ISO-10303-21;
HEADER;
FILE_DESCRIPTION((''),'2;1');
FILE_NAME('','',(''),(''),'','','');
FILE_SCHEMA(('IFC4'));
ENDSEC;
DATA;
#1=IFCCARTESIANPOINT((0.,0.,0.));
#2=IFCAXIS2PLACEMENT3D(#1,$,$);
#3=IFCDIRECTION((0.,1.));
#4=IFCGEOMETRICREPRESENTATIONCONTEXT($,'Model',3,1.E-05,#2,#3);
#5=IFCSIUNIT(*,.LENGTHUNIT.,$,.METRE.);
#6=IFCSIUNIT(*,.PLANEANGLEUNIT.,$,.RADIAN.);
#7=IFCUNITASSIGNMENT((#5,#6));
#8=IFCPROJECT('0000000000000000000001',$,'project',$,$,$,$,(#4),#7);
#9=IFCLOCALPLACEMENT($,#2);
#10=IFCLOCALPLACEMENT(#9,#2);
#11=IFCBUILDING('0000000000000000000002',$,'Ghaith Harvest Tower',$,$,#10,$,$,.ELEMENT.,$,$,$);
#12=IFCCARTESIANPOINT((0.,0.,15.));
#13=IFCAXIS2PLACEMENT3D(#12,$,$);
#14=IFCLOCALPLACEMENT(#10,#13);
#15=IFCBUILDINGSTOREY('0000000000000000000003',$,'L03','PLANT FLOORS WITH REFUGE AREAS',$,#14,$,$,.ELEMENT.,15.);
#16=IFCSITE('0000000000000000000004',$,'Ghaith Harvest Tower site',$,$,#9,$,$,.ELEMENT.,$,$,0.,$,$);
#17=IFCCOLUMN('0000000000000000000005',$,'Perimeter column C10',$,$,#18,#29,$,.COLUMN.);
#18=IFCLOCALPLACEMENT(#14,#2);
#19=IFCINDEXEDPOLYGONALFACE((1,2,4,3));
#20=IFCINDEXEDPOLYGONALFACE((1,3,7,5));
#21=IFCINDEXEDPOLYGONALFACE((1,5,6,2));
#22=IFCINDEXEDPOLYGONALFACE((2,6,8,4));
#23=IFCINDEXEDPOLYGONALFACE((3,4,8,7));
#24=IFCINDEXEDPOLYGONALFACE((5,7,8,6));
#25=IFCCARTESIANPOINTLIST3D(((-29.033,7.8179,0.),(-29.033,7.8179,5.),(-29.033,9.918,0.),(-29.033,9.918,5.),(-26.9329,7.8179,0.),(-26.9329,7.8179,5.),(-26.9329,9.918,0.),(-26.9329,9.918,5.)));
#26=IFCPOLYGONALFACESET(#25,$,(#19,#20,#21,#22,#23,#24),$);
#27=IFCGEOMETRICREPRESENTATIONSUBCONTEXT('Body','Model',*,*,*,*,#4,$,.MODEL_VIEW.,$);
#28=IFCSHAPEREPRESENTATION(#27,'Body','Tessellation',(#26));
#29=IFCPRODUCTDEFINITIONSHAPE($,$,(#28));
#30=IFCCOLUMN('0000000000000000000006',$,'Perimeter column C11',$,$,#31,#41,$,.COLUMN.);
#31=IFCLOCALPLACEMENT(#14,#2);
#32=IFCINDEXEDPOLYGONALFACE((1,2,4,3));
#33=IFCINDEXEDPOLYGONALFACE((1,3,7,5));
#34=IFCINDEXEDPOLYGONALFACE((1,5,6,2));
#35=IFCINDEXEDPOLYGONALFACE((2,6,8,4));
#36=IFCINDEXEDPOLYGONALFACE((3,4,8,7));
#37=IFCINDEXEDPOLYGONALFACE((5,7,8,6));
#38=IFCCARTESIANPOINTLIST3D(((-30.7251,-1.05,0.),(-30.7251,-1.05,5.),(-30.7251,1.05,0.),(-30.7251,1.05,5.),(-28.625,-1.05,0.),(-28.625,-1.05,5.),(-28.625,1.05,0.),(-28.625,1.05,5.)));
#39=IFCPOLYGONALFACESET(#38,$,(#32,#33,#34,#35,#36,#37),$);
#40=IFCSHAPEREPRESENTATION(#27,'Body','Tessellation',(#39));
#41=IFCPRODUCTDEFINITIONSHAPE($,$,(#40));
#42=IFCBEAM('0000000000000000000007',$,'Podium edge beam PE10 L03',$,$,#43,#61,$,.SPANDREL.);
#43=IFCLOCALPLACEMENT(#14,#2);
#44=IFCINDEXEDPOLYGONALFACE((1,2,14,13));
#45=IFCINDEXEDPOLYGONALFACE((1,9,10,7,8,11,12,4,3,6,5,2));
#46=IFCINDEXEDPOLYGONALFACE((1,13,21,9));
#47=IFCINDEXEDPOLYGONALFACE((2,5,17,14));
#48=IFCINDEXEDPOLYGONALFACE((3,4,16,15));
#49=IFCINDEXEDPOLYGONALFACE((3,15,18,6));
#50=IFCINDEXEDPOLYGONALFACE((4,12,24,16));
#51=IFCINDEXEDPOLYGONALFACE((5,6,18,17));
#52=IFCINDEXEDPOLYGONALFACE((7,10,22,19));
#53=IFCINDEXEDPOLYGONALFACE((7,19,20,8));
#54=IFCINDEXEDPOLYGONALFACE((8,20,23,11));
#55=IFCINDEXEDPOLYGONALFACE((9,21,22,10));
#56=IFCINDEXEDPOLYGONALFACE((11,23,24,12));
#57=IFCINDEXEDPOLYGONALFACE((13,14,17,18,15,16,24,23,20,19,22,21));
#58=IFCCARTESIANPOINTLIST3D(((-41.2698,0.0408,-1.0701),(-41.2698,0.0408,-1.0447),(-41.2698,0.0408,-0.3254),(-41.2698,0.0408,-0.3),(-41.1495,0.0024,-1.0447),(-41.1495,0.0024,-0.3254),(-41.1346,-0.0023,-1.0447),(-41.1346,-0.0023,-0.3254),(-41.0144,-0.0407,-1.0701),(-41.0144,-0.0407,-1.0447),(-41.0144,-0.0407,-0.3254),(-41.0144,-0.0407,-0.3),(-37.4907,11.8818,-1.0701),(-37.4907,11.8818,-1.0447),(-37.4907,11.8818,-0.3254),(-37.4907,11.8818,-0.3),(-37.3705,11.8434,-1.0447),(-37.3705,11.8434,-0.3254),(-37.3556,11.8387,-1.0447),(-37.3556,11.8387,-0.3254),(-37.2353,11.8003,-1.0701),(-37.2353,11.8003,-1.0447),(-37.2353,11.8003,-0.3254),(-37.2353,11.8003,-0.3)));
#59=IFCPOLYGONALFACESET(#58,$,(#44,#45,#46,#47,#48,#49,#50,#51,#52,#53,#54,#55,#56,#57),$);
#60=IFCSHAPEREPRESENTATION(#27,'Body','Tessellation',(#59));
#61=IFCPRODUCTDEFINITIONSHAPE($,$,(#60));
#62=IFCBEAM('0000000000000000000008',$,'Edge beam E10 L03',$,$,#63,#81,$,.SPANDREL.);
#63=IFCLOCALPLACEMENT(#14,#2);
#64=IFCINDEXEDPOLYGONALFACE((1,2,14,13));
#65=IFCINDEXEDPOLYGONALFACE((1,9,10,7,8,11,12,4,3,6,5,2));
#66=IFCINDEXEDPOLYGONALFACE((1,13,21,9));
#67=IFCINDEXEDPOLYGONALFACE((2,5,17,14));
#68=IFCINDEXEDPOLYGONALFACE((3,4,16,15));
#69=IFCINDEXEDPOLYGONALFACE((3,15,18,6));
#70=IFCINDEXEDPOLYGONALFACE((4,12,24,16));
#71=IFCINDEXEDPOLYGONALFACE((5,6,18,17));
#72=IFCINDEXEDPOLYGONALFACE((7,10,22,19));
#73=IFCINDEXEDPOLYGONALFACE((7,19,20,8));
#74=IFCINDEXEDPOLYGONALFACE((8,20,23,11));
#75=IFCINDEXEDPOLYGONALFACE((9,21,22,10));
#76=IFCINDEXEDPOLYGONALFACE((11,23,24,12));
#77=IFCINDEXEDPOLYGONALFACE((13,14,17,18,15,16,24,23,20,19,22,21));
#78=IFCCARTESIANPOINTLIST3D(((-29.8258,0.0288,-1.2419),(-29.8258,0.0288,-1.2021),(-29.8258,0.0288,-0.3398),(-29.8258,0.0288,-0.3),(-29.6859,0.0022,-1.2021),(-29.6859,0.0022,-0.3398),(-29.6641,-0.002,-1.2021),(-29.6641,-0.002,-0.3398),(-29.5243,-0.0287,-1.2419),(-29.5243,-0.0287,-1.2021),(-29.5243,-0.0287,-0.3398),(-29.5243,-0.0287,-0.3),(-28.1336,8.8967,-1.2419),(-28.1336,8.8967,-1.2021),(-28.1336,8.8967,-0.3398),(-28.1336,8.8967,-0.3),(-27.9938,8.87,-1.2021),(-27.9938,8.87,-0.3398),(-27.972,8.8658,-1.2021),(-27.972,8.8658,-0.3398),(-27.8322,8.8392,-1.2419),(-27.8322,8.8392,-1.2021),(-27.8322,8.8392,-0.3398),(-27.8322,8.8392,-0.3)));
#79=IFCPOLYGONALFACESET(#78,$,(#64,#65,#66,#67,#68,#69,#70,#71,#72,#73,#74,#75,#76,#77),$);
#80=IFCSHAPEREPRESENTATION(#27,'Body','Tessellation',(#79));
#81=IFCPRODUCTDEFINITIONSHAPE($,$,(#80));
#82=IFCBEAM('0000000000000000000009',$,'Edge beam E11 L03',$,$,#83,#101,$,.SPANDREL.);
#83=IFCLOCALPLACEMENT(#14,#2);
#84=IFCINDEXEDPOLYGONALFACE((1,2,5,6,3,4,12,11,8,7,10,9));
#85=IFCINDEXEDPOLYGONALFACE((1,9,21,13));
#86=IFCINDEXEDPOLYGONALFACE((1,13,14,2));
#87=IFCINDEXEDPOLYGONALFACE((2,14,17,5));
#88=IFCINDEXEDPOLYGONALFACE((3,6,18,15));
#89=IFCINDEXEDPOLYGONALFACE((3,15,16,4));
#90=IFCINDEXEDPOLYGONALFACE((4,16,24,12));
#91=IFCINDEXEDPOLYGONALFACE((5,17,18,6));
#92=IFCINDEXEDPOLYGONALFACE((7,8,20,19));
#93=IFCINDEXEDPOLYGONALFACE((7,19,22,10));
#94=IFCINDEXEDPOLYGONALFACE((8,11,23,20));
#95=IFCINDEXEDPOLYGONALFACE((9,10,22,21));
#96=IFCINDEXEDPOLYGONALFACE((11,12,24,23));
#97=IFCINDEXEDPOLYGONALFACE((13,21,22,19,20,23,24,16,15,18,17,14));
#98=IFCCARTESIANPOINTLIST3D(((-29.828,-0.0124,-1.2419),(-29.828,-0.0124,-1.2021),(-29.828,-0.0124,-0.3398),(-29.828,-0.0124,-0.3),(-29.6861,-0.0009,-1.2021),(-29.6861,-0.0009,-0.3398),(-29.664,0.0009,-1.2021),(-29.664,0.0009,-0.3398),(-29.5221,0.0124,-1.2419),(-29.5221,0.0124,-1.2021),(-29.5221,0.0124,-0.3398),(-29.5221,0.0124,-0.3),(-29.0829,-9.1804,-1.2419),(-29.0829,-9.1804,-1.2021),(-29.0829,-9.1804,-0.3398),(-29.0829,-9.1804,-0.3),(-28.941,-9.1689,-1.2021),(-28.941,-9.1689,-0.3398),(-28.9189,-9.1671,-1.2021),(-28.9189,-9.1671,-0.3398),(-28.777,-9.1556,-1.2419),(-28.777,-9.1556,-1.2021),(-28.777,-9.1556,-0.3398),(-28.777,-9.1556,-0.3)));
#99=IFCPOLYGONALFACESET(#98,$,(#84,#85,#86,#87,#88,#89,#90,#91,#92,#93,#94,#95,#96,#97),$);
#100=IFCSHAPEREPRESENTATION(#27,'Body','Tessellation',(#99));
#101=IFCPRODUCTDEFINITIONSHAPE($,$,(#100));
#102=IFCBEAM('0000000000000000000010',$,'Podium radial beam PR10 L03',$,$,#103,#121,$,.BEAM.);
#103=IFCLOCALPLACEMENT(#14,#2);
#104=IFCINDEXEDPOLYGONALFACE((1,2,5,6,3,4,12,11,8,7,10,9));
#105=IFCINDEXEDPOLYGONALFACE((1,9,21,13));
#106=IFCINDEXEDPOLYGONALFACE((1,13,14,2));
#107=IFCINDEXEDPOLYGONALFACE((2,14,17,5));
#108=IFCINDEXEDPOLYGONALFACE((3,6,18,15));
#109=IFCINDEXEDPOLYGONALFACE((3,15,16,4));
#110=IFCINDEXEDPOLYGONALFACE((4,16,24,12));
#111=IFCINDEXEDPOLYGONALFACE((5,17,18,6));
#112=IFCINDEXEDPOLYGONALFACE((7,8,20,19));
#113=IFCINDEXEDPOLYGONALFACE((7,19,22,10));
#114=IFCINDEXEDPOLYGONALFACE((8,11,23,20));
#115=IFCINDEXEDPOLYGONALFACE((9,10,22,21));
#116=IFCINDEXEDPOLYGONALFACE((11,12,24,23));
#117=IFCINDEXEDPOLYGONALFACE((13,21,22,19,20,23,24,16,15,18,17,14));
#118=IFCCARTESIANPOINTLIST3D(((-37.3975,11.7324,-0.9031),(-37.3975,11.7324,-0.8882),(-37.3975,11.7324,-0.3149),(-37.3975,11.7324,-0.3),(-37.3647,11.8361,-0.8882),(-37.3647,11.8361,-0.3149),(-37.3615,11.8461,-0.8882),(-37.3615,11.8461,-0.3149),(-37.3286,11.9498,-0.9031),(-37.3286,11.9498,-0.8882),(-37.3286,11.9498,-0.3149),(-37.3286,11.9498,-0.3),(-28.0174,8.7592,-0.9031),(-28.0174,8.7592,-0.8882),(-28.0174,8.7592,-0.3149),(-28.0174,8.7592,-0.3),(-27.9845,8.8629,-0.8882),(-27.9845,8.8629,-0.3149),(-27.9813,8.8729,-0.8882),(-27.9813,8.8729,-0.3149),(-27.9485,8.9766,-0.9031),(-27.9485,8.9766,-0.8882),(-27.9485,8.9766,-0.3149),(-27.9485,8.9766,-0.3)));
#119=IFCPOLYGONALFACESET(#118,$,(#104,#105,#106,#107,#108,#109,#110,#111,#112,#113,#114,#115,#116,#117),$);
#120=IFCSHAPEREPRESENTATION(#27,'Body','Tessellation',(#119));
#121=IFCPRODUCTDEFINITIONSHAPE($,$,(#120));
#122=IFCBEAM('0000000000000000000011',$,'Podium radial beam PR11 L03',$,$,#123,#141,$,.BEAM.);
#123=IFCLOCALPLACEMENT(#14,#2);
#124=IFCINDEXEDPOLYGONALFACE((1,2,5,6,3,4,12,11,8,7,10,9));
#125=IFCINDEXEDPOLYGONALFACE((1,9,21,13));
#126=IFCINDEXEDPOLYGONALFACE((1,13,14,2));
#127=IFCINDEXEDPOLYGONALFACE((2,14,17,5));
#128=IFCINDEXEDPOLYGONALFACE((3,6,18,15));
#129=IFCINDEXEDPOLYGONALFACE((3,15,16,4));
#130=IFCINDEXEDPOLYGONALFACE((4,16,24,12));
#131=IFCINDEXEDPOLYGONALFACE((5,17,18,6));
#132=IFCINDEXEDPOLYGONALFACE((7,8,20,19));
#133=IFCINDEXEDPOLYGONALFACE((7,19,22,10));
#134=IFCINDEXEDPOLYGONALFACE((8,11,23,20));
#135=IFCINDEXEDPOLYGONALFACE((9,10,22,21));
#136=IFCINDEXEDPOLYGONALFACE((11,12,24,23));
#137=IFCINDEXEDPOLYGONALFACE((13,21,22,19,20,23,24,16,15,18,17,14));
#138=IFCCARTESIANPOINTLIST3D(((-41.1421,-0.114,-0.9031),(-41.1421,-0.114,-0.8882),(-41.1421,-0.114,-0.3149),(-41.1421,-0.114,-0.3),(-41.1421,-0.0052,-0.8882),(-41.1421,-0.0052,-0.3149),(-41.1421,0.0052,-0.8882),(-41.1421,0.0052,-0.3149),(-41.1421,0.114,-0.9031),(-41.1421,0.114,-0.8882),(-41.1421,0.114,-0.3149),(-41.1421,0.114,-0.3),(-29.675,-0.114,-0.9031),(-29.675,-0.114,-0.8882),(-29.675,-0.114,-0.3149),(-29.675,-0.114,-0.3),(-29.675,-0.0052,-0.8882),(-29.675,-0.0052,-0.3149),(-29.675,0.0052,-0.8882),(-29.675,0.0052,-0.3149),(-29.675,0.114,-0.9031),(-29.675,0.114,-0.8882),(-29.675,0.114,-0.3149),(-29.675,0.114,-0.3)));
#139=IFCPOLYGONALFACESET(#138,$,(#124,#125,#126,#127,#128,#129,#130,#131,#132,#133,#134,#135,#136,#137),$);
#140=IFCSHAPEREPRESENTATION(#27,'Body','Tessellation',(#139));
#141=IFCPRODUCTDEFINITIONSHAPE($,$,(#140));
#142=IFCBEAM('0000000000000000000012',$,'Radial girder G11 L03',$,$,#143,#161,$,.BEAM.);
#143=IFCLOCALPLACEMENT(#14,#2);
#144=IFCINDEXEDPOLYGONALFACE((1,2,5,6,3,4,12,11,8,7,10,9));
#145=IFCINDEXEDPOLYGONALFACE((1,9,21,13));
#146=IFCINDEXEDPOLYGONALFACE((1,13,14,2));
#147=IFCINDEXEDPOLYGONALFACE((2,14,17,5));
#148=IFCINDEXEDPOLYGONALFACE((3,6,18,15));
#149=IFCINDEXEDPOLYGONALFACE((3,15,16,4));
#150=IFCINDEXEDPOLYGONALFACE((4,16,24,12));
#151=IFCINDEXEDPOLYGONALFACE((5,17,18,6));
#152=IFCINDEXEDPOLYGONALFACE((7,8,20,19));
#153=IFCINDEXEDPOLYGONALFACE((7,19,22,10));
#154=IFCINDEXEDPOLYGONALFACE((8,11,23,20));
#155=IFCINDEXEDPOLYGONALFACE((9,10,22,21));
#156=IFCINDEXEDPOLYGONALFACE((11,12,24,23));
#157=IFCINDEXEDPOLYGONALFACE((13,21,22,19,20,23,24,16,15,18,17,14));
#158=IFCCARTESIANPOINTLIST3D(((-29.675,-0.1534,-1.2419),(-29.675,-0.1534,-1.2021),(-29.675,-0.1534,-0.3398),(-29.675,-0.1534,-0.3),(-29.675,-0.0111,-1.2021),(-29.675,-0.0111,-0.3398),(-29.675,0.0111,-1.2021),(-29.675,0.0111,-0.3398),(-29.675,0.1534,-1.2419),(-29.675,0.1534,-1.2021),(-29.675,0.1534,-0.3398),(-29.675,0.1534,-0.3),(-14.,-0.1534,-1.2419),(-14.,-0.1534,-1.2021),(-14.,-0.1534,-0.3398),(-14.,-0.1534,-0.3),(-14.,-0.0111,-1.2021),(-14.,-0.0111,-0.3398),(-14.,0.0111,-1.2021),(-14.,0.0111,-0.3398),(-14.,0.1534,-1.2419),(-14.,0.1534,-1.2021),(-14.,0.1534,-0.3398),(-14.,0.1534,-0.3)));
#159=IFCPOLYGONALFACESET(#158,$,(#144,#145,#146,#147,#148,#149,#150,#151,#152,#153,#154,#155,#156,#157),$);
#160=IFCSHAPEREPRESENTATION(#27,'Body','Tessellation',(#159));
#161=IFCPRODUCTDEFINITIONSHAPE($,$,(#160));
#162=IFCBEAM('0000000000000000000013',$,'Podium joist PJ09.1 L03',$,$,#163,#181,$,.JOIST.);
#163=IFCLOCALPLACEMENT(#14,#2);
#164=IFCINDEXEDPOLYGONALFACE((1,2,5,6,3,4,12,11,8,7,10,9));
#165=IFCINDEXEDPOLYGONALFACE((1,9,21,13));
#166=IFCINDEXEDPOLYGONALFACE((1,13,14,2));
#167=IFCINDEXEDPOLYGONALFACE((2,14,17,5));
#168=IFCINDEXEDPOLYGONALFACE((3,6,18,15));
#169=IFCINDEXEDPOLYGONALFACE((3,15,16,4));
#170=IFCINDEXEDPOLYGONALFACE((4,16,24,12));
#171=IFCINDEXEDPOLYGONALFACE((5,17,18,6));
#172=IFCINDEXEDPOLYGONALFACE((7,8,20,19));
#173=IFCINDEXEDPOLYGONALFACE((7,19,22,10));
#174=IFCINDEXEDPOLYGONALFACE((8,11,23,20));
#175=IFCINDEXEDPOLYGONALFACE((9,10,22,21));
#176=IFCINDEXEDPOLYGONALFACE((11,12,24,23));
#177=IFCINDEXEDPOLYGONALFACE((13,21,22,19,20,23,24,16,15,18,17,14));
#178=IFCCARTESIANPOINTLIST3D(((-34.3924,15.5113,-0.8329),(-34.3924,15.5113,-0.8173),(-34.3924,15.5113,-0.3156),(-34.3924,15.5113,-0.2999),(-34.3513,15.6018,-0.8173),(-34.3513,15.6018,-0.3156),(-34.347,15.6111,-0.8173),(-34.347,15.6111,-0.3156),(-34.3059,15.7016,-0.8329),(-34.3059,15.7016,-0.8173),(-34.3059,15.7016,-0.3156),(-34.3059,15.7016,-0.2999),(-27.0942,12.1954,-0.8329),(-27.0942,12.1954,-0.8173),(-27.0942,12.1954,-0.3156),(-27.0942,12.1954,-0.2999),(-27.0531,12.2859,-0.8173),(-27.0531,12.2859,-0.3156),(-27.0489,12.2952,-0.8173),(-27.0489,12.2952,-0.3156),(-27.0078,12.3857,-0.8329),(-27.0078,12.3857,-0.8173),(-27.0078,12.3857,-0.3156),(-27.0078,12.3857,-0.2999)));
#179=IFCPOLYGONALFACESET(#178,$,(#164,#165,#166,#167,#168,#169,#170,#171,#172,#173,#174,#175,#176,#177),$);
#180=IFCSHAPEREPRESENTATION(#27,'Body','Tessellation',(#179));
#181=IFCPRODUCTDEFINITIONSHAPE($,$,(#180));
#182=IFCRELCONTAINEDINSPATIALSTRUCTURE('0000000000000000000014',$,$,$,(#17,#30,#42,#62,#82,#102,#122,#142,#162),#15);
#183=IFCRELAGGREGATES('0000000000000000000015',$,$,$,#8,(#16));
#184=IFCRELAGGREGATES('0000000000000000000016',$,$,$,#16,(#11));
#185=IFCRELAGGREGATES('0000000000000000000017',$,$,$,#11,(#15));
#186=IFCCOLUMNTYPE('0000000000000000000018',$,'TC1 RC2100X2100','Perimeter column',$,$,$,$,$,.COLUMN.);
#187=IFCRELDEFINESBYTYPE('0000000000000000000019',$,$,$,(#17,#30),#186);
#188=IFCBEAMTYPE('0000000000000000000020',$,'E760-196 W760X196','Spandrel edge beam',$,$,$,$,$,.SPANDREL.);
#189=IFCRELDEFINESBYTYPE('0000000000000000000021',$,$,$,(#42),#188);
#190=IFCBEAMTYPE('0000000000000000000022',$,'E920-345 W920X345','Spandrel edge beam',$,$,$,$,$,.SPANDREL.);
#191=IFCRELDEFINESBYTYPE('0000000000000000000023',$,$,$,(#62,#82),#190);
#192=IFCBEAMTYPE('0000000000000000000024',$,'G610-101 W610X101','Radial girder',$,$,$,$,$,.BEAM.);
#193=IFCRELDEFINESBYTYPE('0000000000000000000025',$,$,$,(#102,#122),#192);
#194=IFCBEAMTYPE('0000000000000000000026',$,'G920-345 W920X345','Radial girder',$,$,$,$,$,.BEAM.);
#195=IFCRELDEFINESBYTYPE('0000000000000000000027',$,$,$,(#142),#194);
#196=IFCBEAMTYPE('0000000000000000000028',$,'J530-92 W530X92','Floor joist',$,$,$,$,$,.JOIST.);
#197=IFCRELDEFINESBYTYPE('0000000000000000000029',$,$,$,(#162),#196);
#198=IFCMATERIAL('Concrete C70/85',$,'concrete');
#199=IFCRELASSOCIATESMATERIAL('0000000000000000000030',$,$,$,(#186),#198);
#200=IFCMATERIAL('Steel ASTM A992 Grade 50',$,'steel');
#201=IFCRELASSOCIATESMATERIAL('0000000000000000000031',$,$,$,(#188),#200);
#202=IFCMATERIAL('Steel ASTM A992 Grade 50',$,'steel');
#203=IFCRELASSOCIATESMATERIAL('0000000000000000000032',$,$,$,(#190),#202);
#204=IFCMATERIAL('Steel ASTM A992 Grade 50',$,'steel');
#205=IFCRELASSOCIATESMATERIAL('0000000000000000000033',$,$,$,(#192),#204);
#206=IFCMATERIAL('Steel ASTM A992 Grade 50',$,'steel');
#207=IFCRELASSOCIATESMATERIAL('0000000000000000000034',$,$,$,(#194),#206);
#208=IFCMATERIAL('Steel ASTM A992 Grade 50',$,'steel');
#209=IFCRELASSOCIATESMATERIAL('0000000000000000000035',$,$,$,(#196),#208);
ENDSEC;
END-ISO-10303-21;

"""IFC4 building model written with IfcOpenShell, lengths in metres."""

from ifc_helpers import new_model, si_unit, direction, frame, origin, origin_2d, place, context, subcontext, project, spatial, rectangle, i_section, extrude, material, material_profile, profile_set, type_object, element, save


model = new_model("IFC4")

# Units and contexts
model_context = context("Model", 3, precision=1e-05, world=origin(), true_north=direction((0.0, 1.0)))
body_context = subcontext(model_context, "Body", "Model", "MODEL_VIEW")
ifc_project = project(units=[si_unit("LENGTHUNIT", "METRE"), si_unit("PLANEANGLEUNIT", "RADIAN")], contexts=[model_context])

# Site, building, storey
site_placement = place(None, origin())
site = spatial("IfcSite", under=ifc_project, at=site_placement, Name="Ghaith Harvest Tower site", CompositionType="ELEMENT", RefElevation=0.0)
building_placement = place(site_placement, origin())
building = spatial("IfcBuilding", under=site, at=building_placement, Name="Ghaith Harvest Tower", CompositionType="ELEMENT")
storey_placement = place(building_placement, frame((0.0, 0.0, 15.0)))
storey = spatial("IfcBuildingStorey", under=building, at=storey_placement, Name="L03", Description="PLANT FLOORS WITH REFUGE AREAS", CompositionType="ELEMENT", Elevation=15.0)

# Columns
ifc_material_1 = material(Name="Concrete C70/85", Category="concrete")
ifc_material_profile_1 = material_profile(ifc_material_1, rectangle(XDim=2.1001, YDim=2.1001, at=origin_2d()), Name="RC2100X2100")
ifc_profile_set_1 = profile_set([ifc_material_profile_1], Name="Concrete C70/85")
column_type = type_object("IfcColumnType", Name="TC1 RC2100X2100", Description="Perimeter column", PredefinedType="COLUMN", material=ifc_profile_set_1)
for number, where, z_axis, x_axis, name in (
    (1, (-27.9829, 8.8679, 0.0), (0.0, 0.0, 1.0), (1.0, 0.0, 0.0), "Perimeter column C10"),
    (2, (-29.675, 0.0, 0.0), (0.0, 0.0, 1.0), (1.0, 0.0, 0.0), "Perimeter column C11"),
):
    element("IfcColumn", number, at=place(storey_placement, frame(where, z_axis=z_axis, x_axis=x_axis)), inside=storey, type_object=column_type, Name=name, PredefinedType="COLUMN", context=body_context, shape_type="SweptSolid", body=[
        extrude(rectangle(XDim=2.1001, YDim=2.1001, at=origin_2d()), origin(), (0.0, 0.0, 1.0), 5.0),
    ])

# Beams
ifc_material_2 = material(Name="Steel ASTM A992 Grade 50", Category="steel")
ifc_material_profile_2 = material_profile(ifc_material_2, i_section(OverallWidth=0.2681, OverallDepth=0.77, WebThickness=0.0156, FlangeThickness=0.0254, at=origin_2d()), Name="W760X196")
ifc_profile_set_2 = profile_set([ifc_material_profile_2], Name="Steel ASTM A992 Grade 50")
beam_type_1 = type_object("IfcBeamType", Name="E760-196 W760X196", Description="Spandrel edge beam", PredefinedType="SPANDREL", material=ifc_profile_set_2)
beam_1_placement = place(storey_placement, frame((-37.363, 11.8411, -0.6851), z_axis=(-0.304039, -0.952659, 0.0), x_axis=(0.952659, -0.304039, 0.0)))
element("IfcBeam", 3, at=beam_1_placement, inside=storey, type_object=beam_type_1, Name="Podium edge beam PE10 L03", PredefinedType="SPANDREL", context=body_context, shape_type="SweptSolid", body=[
    extrude(i_section(OverallWidth=0.2681, OverallDepth=0.77, WebThickness=0.0156, FlangeThickness=0.0254, at=origin_2d()), origin(), (0.0, 0.0, 1.0), 12.4294),
])
ifc_material_3 = material(Name="Steel ASTM A992 Grade 50", Category="steel")
ifc_material_profile_3 = material_profile(ifc_material_3, i_section(OverallWidth=0.3069, OverallDepth=0.9419, WebThickness=0.0222, FlangeThickness=0.0398, at=origin_2d()), Name="W920X345")
ifc_profile_set_3 = profile_set([ifc_material_profile_3], Name="Steel ASTM A992 Grade 50")
beam_type_2 = type_object("IfcBeamType", Name="E920-345 W920X345", Description="Spandrel edge beam", PredefinedType="SPANDREL", material=ifc_profile_set_3)
beam_2_placement = place(storey_placement, frame((-27.9829, 8.8679, -0.771), z_axis=(-0.187434, -0.982277, 0.0), x_axis=(0.982277, -0.187434, 0.0)))
element("IfcBeam", 4, at=beam_2_placement, inside=storey, type_object=beam_type_2, Name="Edge beam E10 L03", PredefinedType="SPANDREL", context=body_context, shape_type="SweptSolid", body=[
    extrude(i_section(OverallWidth=0.3069, OverallDepth=0.9419, WebThickness=0.0222, FlangeThickness=0.0398, at=origin_2d()), origin(), (0.0, 0.0, 1.0), 9.0278),
])
beam_3_placement = place(storey_placement, frame((-29.675, 0.0, -0.771), z_axis=(0.081007, -0.996714, 0.0), x_axis=(0.996714, 0.081007, 0.0)))
element("IfcBeam", 5, at=beam_3_placement, inside=storey, type_object=beam_type_2, Name="Edge beam E11 L03", PredefinedType="SPANDREL", context=body_context, shape_type="SweptSolid", body=[
    extrude(i_section(OverallWidth=0.3069, OverallDepth=0.9419, WebThickness=0.0222, FlangeThickness=0.0398, at=origin_2d()), origin(), (0.0, 0.0, 1.0), 9.1982),
])
ifc_material_4 = material(Name="Steel ASTM A992 Grade 50", Category="steel")
ifc_material_profile_4 = material_profile(ifc_material_4, i_section(OverallWidth=0.228, OverallDepth=0.603, WebThickness=0.0105, FlangeThickness=0.0149, at=origin_2d()), Name="W610X101")
ifc_profile_set_4 = profile_set([ifc_material_profile_4], Name="Steel ASTM A992 Grade 50")
beam_type_3 = type_object("IfcBeamType", Name="G610-101 W610X101", Description="Radial girder", PredefinedType="BEAM", material=ifc_profile_set_4)
beam_4_placement = place(storey_placement, frame((-27.9829, 8.8679, -0.6016), z_axis=(-0.953261, 0.302148, 0.0), x_axis=(-0.302148, -0.953261, 0.0)))
element("IfcBeam", 6, at=beam_4_placement, inside=storey, type_object=beam_type_3, Name="Podium radial beam PR10 L03", PredefinedType="BEAM", context=body_context, shape_type="SweptSolid", body=[
    extrude(i_section(OverallWidth=0.228, OverallDepth=0.603, WebThickness=0.0105, FlangeThickness=0.0149, at=origin_2d()), origin(), (0.0, 0.0, 1.0), 9.8401),
])
beam_5_placement = place(storey_placement, frame((-29.675, 0.0, -0.6016), z_axis=(-1.0, 0.0, 0.0), x_axis=(0.0, -1.0, 0.0)))
element("IfcBeam", 7, at=beam_5_placement, inside=storey, type_object=beam_type_3, Name="Podium radial beam PR11 L03", PredefinedType="BEAM", context=body_context, shape_type="SweptSolid", body=[
    extrude(i_section(OverallWidth=0.228, OverallDepth=0.603, WebThickness=0.0105, FlangeThickness=0.0149, at=origin_2d()), origin(), (0.0, 0.0, 1.0), 11.467),
])
ifc_material_5 = material(Name="Steel ASTM A992 Grade 50", Category="steel")
ifc_material_profile_5 = material_profile(ifc_material_5, i_section(OverallWidth=0.3069, OverallDepth=0.9419, WebThickness=0.0222, FlangeThickness=0.0398, at=origin_2d()), Name="W920X345")
ifc_profile_set_5 = profile_set([ifc_material_profile_5], Name="Steel ASTM A992 Grade 50")
beam_type_4 = type_object("IfcBeamType", Name="G920-345 W920X345", Description="Radial girder", PredefinedType="BEAM", material=ifc_profile_set_5)
beam_6_placement = place(storey_placement, frame((-14.0, 0.0, -0.771), z_axis=(-1.0, 0.0, 0.0), x_axis=(0.0, -1.0, 0.0)))
element("IfcBeam", 8, at=beam_6_placement, inside=storey, type_object=beam_type_4, Name="Radial girder G11 L03", PredefinedType="BEAM", context=body_context, shape_type="SweptSolid", body=[
    extrude(i_section(OverallWidth=0.3069, OverallDepth=0.9419, WebThickness=0.0222, FlangeThickness=0.0398, at=origin_2d()), origin(), (0.0, 0.0, 1.0), 15.675),
])
ifc_material_6 = material(Name="Steel ASTM A992 Grade 50", Category="steel")
ifc_material_profile_6 = material_profile(ifc_material_6, i_section(OverallWidth=0.209, OverallDepth=0.533, WebThickness=0.0103, FlangeThickness=0.0156, at=origin_2d()), Name="W530X92")
ifc_profile_set_6 = profile_set([ifc_material_profile_6], Name="Steel ASTM A992 Grade 50")
beam_type_5 = type_object("IfcBeamType", Name="J530-92 W530X92", Description="Floor joist", PredefinedType="JOIST", material=ifc_profile_set_6)
beam_7_placement = place(storey_placement, frame((-27.051, 12.2905, -0.5664), z_axis=(-0.910432, 0.413658, 0.0), x_axis=(-0.413658, -0.910432, 0.0)))
element("IfcBeam", 9, at=beam_7_placement, inside=storey, type_object=beam_type_5, Name="Podium joist PJ09.1 L03", PredefinedType="JOIST", context=body_context, shape_type="SweptSolid", body=[
    extrude(i_section(OverallWidth=0.209, OverallDepth=0.533, WebThickness=0.0103, FlangeThickness=0.0156, at=origin_2d()), origin(), (0.0, 0.0, 1.0), 8.0161),
])

save(model, "model.ifc")
